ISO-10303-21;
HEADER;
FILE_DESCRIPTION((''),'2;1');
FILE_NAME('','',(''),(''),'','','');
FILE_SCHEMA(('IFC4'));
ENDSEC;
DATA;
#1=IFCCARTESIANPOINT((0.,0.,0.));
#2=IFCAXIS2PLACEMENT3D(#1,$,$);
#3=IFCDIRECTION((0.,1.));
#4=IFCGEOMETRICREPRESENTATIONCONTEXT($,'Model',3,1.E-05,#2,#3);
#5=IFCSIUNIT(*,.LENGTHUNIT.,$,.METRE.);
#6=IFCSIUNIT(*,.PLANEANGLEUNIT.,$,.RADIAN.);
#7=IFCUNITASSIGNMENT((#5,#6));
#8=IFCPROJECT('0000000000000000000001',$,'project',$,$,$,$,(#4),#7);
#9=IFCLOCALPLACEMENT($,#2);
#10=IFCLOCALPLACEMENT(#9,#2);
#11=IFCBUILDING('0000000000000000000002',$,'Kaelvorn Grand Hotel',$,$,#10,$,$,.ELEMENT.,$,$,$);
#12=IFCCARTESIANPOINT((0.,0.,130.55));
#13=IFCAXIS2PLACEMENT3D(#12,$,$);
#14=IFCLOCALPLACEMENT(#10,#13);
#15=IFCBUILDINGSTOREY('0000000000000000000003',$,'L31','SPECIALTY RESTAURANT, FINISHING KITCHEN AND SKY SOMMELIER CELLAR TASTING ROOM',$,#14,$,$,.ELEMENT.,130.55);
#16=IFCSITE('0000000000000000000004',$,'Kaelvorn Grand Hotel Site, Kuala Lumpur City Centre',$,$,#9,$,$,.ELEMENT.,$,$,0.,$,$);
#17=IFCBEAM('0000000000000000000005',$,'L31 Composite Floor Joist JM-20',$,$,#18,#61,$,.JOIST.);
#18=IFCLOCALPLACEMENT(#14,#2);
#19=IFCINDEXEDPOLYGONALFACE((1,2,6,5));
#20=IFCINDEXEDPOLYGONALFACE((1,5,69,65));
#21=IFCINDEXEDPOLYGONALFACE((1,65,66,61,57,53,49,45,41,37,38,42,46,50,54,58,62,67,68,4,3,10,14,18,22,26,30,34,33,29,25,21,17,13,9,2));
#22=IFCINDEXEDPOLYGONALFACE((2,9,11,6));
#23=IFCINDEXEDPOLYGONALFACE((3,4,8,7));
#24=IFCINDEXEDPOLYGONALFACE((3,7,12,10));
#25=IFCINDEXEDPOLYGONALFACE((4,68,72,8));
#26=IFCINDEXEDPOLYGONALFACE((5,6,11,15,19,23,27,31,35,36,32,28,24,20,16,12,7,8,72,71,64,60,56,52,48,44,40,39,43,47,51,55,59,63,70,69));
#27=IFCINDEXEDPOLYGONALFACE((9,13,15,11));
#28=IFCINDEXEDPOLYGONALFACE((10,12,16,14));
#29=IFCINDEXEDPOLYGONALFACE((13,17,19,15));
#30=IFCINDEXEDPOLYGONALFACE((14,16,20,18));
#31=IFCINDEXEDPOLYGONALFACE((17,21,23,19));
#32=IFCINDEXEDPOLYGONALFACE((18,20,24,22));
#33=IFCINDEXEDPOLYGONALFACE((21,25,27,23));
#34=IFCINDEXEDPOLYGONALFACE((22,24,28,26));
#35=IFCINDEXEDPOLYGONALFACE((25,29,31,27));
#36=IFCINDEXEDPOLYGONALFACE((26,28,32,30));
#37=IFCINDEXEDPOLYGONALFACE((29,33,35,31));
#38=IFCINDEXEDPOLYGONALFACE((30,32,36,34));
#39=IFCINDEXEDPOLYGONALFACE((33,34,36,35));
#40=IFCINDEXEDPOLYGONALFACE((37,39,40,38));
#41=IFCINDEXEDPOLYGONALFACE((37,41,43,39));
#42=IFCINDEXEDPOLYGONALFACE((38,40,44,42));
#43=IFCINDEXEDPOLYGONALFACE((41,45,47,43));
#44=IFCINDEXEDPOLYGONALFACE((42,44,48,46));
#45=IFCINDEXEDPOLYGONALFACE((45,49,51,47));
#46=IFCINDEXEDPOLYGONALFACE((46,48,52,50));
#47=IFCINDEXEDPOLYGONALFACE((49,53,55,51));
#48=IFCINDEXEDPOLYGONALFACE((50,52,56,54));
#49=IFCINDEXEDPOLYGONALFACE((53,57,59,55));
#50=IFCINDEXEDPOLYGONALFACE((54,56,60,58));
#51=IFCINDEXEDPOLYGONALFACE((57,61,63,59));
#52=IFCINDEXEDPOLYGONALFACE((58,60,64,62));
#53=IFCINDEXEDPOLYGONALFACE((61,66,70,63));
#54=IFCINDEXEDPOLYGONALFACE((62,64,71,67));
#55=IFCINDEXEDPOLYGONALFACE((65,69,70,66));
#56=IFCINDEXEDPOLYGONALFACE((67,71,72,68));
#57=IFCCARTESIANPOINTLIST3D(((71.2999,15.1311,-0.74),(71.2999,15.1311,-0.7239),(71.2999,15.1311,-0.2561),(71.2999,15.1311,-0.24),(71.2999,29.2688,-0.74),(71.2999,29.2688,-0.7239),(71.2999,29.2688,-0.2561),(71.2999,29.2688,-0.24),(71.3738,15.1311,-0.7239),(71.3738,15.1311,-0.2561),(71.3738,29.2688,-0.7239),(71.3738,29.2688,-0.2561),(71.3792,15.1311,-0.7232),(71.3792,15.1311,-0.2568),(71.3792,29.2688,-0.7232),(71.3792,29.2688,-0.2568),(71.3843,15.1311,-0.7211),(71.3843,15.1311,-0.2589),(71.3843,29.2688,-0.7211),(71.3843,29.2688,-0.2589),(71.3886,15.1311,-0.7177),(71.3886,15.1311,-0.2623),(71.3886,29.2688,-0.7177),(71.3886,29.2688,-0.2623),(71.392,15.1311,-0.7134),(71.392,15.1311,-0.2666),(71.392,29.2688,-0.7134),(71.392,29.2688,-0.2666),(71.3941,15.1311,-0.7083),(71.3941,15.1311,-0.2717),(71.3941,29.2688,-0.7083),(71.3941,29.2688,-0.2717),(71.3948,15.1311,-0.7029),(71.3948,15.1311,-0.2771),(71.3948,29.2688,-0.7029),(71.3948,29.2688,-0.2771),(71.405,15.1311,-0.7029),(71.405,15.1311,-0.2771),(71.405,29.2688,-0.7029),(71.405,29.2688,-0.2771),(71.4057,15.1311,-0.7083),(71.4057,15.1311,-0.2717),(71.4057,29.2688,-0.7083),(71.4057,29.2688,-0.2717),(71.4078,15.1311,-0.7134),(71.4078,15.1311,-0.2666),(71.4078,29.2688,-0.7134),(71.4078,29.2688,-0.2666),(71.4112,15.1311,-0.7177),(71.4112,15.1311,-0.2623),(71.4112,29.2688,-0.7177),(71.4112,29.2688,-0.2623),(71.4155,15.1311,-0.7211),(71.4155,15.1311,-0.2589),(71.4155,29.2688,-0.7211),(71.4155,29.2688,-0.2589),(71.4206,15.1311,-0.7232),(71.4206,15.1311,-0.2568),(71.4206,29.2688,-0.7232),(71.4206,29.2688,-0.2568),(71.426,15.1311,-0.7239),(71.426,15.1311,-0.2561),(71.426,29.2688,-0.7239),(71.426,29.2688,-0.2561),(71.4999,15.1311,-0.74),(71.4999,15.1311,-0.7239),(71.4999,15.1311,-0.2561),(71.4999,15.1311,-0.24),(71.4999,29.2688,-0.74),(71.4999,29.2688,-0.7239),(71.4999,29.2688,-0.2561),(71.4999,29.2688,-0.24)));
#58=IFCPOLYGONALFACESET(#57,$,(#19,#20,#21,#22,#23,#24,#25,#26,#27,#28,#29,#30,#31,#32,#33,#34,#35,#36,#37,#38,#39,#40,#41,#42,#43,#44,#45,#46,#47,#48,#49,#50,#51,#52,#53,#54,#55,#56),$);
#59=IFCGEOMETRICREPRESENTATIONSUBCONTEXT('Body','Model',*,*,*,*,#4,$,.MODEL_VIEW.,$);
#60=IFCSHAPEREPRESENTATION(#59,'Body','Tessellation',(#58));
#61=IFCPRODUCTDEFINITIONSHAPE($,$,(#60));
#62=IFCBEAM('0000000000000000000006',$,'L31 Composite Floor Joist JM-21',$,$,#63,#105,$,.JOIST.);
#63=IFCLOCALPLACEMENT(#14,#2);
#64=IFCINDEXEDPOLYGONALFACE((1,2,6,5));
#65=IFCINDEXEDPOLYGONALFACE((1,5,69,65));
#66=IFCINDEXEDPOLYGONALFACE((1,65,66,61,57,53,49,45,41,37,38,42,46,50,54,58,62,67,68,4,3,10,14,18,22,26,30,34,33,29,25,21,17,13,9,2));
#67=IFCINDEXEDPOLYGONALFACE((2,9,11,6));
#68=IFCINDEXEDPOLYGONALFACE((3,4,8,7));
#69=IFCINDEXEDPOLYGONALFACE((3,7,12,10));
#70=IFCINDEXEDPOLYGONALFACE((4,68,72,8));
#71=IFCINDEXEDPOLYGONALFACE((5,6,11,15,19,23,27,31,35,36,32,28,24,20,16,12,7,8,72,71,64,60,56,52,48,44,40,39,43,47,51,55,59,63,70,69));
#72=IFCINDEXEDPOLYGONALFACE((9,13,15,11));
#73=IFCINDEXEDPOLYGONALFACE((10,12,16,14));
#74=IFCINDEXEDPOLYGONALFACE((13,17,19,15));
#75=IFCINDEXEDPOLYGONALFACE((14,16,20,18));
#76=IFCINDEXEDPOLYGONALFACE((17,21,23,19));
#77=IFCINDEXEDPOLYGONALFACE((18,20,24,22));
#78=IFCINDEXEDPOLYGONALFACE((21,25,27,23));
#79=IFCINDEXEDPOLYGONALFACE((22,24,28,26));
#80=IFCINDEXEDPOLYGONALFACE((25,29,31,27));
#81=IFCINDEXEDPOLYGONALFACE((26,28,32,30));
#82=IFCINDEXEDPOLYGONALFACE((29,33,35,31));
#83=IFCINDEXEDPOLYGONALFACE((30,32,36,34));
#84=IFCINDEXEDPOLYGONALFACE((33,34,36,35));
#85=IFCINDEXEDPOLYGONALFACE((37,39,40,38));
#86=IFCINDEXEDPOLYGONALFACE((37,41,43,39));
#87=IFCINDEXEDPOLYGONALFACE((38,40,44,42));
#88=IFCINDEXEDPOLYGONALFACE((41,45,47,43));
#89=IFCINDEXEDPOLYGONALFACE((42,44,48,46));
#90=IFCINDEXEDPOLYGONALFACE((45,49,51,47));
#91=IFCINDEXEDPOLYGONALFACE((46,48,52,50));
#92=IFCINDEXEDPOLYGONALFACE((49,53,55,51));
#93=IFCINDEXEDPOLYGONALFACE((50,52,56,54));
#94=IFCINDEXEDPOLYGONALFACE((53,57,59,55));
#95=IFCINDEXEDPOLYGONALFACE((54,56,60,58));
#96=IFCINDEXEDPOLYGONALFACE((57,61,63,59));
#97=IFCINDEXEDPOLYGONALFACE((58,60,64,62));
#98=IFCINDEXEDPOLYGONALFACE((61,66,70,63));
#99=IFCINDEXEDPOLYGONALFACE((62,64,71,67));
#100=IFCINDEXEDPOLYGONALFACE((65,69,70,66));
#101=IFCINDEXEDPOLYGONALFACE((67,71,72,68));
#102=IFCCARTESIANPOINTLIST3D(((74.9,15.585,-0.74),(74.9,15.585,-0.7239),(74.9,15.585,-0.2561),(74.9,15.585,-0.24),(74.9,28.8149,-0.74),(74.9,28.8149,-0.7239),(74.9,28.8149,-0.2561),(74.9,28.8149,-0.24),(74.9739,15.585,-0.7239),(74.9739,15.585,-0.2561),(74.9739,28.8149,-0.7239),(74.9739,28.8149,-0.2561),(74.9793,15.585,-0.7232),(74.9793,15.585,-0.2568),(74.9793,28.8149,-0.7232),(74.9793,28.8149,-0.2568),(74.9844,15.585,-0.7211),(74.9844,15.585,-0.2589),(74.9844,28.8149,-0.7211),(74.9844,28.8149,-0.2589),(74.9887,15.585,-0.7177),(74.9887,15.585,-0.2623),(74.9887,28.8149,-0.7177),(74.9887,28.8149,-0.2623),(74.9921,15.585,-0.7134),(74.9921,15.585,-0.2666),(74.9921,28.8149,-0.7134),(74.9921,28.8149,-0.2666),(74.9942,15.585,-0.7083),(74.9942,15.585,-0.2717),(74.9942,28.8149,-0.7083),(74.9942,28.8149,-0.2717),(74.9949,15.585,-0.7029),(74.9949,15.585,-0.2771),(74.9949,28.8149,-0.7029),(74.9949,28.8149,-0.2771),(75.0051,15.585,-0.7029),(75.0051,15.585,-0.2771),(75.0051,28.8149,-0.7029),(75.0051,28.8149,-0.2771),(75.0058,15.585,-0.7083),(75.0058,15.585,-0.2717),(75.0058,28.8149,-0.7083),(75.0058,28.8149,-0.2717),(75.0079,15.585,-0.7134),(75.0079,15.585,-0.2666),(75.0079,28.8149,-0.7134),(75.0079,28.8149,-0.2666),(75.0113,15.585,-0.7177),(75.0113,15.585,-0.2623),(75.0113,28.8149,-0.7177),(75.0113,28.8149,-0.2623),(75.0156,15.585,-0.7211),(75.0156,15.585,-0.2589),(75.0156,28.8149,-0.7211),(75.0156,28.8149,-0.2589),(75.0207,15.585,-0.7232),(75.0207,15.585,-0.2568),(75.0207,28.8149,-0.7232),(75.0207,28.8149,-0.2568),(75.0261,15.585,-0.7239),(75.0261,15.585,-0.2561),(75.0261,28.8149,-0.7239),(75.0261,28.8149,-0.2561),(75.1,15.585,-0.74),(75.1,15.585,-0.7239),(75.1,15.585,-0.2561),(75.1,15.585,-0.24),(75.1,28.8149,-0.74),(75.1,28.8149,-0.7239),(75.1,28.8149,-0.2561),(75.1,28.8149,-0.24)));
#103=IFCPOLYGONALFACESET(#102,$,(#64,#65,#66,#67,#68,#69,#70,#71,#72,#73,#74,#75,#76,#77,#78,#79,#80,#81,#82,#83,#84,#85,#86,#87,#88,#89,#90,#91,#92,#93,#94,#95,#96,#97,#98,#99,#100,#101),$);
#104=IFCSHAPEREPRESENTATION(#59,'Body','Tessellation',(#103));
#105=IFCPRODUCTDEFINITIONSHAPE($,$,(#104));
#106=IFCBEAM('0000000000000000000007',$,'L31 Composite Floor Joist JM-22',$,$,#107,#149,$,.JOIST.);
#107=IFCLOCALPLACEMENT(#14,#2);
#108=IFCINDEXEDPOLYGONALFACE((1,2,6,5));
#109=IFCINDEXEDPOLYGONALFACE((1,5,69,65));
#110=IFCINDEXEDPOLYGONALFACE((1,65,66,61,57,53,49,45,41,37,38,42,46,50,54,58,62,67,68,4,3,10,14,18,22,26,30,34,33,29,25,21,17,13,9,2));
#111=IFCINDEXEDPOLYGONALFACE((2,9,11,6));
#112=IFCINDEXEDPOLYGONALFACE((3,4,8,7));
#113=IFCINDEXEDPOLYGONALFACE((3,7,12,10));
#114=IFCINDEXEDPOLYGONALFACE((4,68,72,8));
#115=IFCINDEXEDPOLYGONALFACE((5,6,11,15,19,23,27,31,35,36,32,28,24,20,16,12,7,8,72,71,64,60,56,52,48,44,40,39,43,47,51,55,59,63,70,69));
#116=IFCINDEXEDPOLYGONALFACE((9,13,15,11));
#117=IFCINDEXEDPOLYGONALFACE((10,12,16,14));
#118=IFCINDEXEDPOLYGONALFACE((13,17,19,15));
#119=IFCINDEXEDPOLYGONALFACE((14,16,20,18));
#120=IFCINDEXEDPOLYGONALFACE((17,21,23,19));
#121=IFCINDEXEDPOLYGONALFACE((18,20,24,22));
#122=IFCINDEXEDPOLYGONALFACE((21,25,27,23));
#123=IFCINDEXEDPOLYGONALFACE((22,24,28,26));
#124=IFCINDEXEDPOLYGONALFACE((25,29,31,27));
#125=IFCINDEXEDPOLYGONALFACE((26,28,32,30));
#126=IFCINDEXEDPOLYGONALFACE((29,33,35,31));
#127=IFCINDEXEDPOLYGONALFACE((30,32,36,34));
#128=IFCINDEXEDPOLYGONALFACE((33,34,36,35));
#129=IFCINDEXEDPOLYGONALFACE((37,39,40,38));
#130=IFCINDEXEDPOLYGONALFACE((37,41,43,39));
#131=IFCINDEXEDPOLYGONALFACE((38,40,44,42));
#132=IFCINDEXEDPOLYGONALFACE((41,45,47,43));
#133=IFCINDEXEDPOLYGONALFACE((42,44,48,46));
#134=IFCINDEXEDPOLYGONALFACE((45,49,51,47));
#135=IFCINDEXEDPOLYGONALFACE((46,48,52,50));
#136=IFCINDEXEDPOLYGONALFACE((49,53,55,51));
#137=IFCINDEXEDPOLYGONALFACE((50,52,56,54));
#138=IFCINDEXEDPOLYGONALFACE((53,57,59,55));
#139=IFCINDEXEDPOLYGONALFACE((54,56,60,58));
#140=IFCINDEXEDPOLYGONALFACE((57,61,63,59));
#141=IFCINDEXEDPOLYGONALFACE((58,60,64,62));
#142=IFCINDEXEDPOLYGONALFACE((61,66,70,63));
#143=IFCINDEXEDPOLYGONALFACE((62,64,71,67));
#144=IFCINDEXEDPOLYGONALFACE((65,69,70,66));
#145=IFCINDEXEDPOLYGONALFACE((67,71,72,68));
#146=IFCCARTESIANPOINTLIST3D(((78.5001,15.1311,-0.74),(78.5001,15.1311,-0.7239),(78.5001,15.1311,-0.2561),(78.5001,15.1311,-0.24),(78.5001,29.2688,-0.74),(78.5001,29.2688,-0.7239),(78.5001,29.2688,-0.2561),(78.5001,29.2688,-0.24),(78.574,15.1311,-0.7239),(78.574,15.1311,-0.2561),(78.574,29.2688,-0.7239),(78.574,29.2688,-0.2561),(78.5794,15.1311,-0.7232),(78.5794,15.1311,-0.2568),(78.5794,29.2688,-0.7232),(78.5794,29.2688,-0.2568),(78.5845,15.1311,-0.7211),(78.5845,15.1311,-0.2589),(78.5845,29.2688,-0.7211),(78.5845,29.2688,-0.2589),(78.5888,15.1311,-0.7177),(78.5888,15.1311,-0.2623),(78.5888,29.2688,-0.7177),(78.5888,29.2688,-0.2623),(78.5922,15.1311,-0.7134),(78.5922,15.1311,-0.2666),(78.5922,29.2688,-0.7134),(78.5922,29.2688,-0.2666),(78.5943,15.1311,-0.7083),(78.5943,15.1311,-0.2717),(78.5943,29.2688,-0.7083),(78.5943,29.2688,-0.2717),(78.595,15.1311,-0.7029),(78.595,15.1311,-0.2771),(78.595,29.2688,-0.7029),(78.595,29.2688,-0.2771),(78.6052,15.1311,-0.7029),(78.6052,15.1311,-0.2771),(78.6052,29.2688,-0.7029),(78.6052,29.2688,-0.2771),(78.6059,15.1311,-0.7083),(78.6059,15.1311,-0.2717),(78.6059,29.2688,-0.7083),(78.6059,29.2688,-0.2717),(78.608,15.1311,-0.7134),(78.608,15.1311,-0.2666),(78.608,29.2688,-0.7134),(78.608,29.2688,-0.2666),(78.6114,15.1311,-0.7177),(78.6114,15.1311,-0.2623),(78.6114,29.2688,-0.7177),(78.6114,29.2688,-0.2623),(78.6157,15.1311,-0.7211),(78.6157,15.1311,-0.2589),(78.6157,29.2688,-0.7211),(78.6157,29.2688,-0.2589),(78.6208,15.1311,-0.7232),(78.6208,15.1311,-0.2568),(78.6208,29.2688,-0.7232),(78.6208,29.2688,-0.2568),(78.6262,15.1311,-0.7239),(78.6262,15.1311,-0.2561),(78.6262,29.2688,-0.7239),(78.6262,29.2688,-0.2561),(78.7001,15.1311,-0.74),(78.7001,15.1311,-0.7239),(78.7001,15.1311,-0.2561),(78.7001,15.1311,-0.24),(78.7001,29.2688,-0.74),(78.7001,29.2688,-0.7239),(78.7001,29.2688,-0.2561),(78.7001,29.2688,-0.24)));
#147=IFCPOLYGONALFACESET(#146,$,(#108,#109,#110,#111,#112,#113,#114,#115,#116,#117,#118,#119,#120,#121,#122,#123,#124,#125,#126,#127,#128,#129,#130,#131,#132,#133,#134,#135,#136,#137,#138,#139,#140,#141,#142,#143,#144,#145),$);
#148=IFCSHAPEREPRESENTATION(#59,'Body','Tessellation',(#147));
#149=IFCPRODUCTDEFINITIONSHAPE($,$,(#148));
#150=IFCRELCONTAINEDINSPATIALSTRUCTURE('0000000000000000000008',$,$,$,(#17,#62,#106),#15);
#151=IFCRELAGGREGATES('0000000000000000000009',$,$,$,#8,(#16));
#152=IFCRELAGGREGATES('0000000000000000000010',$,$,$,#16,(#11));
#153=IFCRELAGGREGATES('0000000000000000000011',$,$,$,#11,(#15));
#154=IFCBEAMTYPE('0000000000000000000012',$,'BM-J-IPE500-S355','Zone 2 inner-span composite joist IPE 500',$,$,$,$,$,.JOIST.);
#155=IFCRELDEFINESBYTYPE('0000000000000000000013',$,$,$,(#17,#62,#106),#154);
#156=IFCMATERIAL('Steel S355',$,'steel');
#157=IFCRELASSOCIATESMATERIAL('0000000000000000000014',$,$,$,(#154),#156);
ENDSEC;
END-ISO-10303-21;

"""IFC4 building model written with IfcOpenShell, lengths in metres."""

from ifc_helpers import new_model, si_unit, direction, frame, origin, origin_2d, place, context, subcontext, project, spatial, i_section, extrude, material, material_profile, profile_set, type_object, element, save


model = new_model("IFC4")

# Units and contexts
model_context = context("Model", 3, precision=1e-05, world=origin(), true_north=direction((0.0, 1.0)))
body_context = subcontext(model_context, "Body", "Model", "MODEL_VIEW")
ifc_project = project(units=[si_unit("LENGTHUNIT", "METRE"), si_unit("PLANEANGLEUNIT", "RADIAN")], contexts=[model_context])

# Site, building, storey
site_placement = place(None, origin())
site = spatial("IfcSite", under=ifc_project, at=site_placement, Name="Kaelvorn Grand Hotel Site, Kuala Lumpur City Centre", CompositionType="ELEMENT", RefElevation=0.0)
building_placement = place(site_placement, origin())
building = spatial("IfcBuilding", under=site, at=building_placement, Name="Kaelvorn Grand Hotel", CompositionType="ELEMENT")
storey_placement = place(building_placement, frame((0.0, 0.0, 130.55)))
storey = spatial("IfcBuildingStorey", under=building, at=storey_placement, Name="L31", Description="SPECIALTY RESTAURANT, FINISHING KITCHEN AND SKY SOMMELIER CELLAR TASTING ROOM", CompositionType="ELEMENT", Elevation=130.55)

# Beams
ifc_material_1 = material(Name="Steel S355", Category="steel")
ifc_material_profile_1 = material_profile(ifc_material_1, i_section(OverallWidth=0.2, OverallDepth=0.5, WebThickness=0.0103, FlangeThickness=0.0161, FilletRadius=0.021, at=origin_2d()), Name="IPE 500")
ifc_profile_set_1 = profile_set([ifc_material_profile_1], Name="Steel S355")
beam_type_1 = type_object("IfcBeamType", Name="BM-J-IPE500-S355", Description="Zone 2 inner-span composite joist IPE 500", PredefinedType="JOIST", material=ifc_profile_set_1)
beam_1_placement = place(storey_placement, frame((71.3999, 15.1311, -0.49), z_axis=(0.0, 1.0, 0.0), x_axis=(-1.0, 0.0, 0.0)))
element("IfcBeam", 1, at=beam_1_placement, inside=storey, type_object=beam_type_1, Name="L31 Composite Floor Joist JM-20", PredefinedType="JOIST", context=body_context, shape_type="SweptSolid", body=[
    extrude(i_section(OverallWidth=0.2, OverallDepth=0.5, WebThickness=0.0103, FlangeThickness=0.0161, FilletRadius=0.021, at=origin_2d()), origin(), (0.0, 0.0, 1.0), 14.1377),
])
beam_2_placement = place(storey_placement, frame((75.0, 15.585, -0.49), z_axis=(0.0, 1.0, 0.0), x_axis=(-1.0, 0.0, 0.0)))
element("IfcBeam", 2, at=beam_2_placement, inside=storey, type_object=beam_type_1, Name="L31 Composite Floor Joist JM-21", PredefinedType="JOIST", context=body_context, shape_type="SweptSolid", body=[
    extrude(i_section(OverallWidth=0.2, OverallDepth=0.5, WebThickness=0.0103, FlangeThickness=0.0161, FilletRadius=0.021, at=origin_2d()), origin(), (0.0, 0.0, 1.0), 13.23),
])
beam_3_placement = place(storey_placement, frame((78.6001, 15.1311, -0.49), z_axis=(0.0, 1.0, 0.0), x_axis=(-1.0, 0.0, 0.0)))
element("IfcBeam", 3, at=beam_3_placement, inside=storey, type_object=beam_type_1, Name="L31 Composite Floor Joist JM-22", PredefinedType="JOIST", context=body_context, shape_type="SweptSolid", body=[
    extrude(i_section(OverallWidth=0.2, OverallDepth=0.5, WebThickness=0.0103, FlangeThickness=0.0161, FilletRadius=0.021, at=origin_2d()), origin(), (0.0, 0.0, 1.0), 14.1377),
])

save(model, "model.ifc")
